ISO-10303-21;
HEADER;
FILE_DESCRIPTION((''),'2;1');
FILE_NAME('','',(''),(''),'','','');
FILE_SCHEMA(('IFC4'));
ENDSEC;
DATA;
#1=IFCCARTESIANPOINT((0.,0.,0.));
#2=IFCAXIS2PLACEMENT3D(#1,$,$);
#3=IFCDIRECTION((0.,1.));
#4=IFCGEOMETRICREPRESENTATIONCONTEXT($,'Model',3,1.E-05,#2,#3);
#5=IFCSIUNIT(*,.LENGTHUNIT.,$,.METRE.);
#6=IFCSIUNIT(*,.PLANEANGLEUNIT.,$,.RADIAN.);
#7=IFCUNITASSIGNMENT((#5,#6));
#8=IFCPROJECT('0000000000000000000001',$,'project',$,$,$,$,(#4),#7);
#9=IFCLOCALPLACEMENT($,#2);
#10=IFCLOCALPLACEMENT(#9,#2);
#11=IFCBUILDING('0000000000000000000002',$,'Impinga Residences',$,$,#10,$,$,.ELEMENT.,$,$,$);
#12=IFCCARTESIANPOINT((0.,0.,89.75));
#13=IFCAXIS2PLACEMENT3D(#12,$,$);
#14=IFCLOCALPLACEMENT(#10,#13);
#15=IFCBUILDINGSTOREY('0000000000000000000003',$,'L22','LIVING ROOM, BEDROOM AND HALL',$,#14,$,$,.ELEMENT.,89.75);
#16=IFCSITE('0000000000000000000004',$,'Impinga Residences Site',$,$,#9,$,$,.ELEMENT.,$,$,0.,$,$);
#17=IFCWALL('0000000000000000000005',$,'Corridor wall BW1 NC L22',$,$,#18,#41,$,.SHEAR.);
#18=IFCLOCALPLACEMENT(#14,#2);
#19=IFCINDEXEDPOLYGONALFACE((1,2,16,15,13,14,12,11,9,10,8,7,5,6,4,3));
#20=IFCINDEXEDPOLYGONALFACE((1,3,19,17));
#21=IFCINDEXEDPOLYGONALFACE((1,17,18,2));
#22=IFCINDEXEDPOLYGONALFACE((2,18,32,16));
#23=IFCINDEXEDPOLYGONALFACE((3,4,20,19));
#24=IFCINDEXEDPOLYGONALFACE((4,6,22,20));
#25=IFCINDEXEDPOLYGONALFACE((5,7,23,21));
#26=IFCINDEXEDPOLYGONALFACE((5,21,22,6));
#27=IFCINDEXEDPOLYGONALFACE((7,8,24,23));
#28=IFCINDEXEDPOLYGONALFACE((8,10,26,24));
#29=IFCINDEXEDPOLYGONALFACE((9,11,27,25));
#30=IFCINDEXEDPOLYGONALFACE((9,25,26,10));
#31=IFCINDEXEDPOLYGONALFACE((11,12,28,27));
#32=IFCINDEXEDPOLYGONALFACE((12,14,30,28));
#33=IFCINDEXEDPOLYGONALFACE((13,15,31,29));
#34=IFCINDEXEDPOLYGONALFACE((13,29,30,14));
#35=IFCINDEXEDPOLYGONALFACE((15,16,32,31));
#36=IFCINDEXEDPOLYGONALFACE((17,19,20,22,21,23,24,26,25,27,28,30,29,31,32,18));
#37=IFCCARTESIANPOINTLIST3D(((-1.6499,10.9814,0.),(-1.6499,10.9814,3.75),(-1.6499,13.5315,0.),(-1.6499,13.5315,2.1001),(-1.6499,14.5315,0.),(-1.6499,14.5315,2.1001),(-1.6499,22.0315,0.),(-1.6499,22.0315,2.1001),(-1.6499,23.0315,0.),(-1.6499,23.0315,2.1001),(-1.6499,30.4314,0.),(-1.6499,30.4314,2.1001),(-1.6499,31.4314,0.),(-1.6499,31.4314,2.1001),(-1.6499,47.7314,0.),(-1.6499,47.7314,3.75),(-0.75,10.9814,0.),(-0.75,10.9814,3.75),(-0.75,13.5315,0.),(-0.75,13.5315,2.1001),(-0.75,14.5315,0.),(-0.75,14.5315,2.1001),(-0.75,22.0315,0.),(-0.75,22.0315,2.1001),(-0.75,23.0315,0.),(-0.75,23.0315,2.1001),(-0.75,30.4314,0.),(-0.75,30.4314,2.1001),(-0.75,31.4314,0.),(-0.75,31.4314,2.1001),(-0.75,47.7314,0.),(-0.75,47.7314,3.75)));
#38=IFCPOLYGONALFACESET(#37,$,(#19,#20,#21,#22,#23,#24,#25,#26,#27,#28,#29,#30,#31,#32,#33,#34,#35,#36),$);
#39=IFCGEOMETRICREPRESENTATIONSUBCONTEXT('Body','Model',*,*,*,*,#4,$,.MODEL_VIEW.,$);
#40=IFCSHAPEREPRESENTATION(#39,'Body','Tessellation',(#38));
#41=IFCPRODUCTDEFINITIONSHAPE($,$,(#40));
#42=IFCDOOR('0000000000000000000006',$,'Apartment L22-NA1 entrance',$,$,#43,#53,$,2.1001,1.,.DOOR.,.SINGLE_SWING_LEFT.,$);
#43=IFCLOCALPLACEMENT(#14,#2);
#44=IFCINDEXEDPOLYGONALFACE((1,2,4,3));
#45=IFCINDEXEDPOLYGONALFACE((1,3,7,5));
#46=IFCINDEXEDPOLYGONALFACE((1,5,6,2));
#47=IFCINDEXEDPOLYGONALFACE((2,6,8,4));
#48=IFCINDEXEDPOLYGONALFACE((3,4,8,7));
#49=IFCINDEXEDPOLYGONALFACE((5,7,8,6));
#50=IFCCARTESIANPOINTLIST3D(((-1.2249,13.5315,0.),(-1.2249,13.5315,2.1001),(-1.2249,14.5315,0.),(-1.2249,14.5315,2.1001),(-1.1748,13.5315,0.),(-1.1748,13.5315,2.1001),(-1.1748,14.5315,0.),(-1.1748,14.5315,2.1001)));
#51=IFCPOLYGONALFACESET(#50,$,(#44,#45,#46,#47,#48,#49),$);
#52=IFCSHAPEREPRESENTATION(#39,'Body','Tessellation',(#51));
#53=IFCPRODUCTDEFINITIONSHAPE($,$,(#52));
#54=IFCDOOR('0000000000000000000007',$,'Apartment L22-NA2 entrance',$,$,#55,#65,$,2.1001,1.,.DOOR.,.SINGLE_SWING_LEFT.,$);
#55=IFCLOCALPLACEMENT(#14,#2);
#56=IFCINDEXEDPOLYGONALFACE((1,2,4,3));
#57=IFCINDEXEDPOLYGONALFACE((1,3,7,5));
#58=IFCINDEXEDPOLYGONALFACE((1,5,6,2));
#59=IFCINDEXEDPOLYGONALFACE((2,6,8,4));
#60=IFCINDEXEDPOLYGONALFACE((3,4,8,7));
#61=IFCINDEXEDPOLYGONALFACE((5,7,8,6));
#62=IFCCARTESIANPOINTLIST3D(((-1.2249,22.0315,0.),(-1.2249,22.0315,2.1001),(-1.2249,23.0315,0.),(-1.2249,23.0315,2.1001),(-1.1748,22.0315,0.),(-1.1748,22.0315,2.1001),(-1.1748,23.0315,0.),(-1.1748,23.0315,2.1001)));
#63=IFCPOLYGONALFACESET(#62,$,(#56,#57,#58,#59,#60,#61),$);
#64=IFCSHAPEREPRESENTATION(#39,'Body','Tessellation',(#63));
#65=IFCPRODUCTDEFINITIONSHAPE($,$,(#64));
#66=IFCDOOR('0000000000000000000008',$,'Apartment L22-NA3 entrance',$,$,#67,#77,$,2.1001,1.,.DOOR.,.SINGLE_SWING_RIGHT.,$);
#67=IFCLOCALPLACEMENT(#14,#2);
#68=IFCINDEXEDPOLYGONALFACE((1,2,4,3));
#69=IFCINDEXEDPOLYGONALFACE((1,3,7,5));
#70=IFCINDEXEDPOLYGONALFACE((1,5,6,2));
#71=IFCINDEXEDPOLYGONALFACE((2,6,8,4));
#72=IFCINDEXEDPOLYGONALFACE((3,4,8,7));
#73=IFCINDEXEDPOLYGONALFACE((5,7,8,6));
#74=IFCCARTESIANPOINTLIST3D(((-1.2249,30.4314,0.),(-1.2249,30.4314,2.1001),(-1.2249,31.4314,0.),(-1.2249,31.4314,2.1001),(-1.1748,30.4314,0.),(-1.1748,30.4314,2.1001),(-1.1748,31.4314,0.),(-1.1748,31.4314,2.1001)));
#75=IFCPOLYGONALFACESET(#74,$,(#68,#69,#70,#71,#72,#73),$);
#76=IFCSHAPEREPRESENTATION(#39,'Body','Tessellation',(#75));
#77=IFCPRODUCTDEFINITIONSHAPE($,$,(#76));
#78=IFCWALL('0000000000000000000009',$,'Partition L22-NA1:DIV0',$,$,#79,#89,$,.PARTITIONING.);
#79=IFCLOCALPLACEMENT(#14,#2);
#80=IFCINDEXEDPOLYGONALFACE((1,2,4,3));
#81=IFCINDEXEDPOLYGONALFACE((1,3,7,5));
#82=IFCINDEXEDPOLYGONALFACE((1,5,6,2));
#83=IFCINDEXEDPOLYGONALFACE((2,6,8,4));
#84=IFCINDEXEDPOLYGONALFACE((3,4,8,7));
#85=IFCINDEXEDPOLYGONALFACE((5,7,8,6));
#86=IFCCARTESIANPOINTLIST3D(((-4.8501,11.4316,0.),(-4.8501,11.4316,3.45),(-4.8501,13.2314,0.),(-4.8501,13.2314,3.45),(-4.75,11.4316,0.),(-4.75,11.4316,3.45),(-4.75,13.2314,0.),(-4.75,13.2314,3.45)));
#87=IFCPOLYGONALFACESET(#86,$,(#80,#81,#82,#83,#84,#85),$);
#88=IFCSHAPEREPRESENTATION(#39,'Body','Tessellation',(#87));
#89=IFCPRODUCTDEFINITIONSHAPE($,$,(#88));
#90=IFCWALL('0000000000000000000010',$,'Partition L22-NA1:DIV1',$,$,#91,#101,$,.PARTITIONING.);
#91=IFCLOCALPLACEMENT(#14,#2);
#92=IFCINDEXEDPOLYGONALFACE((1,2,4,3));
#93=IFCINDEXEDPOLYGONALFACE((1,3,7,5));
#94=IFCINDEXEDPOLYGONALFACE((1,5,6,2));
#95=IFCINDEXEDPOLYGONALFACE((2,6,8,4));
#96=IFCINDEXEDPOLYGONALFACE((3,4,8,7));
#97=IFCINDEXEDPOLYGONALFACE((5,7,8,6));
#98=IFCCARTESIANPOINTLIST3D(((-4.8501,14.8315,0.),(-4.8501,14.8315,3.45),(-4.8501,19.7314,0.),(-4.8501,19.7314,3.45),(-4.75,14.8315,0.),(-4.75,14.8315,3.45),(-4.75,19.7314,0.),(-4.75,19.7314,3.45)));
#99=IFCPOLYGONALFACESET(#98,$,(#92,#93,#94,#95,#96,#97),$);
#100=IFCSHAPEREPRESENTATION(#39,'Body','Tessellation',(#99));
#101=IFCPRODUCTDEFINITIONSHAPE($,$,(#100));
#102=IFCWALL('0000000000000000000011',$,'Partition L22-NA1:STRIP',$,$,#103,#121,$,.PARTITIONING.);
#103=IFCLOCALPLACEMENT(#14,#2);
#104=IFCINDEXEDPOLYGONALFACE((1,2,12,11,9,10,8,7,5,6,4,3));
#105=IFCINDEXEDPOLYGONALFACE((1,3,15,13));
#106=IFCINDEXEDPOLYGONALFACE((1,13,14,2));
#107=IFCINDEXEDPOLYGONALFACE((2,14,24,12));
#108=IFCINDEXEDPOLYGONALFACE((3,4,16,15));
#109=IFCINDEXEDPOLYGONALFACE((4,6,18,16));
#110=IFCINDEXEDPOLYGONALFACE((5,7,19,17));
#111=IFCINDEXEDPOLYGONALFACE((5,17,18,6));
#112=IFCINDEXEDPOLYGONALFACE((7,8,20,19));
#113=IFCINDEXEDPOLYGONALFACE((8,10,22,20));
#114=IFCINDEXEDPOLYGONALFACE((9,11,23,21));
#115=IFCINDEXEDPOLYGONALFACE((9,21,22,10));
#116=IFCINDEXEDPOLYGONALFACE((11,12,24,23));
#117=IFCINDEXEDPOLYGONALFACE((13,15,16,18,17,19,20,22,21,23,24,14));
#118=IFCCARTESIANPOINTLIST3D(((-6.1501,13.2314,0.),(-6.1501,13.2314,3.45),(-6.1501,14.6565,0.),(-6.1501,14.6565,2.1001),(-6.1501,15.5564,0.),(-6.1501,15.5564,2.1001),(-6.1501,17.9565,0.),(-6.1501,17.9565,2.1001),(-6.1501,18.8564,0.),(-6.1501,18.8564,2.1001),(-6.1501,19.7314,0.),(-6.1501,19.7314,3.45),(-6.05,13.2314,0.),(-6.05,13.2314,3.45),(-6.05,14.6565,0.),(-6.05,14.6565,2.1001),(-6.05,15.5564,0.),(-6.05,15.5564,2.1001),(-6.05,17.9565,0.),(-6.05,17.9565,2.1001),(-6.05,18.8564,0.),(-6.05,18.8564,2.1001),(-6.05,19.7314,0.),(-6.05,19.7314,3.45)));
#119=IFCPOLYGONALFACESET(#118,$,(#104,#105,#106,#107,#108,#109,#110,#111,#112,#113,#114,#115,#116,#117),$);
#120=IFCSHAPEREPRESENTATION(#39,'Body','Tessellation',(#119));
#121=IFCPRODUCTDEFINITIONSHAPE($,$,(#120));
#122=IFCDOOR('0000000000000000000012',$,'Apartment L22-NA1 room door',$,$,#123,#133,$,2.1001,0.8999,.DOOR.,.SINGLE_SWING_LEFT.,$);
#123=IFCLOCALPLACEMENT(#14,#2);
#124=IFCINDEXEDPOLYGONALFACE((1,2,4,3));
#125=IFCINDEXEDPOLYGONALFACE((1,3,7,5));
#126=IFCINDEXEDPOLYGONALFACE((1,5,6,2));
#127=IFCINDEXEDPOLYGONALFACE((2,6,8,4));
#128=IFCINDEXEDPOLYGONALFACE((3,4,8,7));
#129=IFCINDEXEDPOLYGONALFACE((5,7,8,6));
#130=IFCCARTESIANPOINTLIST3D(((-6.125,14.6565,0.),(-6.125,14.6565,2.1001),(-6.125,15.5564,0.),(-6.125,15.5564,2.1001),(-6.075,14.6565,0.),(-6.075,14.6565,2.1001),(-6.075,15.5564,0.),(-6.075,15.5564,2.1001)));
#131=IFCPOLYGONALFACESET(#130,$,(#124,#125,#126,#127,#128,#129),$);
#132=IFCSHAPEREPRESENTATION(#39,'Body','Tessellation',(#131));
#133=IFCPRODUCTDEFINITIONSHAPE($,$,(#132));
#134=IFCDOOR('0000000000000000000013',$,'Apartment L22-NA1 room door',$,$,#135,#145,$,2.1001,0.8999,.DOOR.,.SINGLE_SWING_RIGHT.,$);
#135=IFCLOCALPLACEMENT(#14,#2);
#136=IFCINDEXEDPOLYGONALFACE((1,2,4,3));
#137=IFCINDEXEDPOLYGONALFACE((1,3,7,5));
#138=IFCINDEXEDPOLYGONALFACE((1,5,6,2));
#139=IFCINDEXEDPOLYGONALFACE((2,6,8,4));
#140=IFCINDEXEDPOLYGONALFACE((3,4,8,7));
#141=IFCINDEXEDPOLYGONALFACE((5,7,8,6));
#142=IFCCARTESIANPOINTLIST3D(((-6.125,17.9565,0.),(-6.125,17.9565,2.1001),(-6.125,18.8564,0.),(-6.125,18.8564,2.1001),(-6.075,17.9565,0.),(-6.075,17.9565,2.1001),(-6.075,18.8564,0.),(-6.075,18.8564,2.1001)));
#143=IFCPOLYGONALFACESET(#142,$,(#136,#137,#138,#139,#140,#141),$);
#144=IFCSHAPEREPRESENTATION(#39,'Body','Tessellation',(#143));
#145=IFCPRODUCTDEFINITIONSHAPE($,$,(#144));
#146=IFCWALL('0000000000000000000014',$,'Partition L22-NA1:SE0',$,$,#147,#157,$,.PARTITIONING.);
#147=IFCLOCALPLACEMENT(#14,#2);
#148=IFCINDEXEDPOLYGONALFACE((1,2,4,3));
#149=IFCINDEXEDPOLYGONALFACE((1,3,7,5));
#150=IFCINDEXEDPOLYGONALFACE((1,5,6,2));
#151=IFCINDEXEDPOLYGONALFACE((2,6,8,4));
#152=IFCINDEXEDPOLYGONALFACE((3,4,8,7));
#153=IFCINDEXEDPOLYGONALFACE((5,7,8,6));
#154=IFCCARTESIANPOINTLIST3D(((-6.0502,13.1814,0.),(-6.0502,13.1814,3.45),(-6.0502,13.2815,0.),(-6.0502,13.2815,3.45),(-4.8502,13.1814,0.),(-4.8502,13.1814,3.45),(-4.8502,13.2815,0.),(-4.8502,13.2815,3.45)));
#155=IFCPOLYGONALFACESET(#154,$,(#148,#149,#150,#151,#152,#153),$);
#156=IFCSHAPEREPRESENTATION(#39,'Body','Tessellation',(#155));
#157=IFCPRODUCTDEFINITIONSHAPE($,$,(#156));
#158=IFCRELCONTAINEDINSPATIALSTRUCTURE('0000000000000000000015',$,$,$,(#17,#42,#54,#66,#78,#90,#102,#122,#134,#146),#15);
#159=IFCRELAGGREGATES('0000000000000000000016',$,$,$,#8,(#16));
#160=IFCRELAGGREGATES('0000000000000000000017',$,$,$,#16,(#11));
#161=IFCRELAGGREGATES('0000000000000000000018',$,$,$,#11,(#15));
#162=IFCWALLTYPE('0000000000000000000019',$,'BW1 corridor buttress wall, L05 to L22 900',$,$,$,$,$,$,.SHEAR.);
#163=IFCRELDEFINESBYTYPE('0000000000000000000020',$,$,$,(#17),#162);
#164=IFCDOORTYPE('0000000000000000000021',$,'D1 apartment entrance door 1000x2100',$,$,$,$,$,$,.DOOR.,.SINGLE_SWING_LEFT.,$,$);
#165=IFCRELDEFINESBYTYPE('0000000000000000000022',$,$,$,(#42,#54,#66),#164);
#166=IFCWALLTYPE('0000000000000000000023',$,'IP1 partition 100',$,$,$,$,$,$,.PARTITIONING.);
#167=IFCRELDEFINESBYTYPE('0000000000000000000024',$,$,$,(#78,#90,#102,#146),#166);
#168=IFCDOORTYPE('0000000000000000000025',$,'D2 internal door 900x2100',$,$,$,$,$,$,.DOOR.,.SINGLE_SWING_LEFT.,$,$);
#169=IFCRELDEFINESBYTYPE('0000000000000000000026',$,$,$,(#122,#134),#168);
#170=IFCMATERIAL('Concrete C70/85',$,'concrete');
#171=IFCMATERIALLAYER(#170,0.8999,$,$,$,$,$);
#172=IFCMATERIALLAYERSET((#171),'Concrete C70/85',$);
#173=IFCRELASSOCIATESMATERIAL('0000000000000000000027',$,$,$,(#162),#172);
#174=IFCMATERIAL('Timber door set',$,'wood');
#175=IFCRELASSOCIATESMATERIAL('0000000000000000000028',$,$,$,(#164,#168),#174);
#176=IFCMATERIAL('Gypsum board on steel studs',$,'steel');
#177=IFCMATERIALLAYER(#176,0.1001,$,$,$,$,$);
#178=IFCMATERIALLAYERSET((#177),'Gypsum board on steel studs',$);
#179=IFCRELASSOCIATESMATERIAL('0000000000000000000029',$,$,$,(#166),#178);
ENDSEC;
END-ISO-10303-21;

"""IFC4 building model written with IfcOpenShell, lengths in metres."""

from ifc_helpers import new_model, si_unit, direction, frame, frame_2d, origin, place, context, subcontext, project, spatial, rectangle, extrude, material, layer, layer_set, type_object, element, fill, save


model = new_model("IFC4")

# Units and contexts
model_context = context("Model", 3, precision=1e-05, world=origin(), true_north=direction((0.0, 1.0)))
body_context = subcontext(model_context, "Body", "Model", "MODEL_VIEW")
ifc_project = project(units=[si_unit("LENGTHUNIT", "METRE"), si_unit("PLANEANGLEUNIT", "RADIAN")], contexts=[model_context])

# Site, building, storey
site_placement = place(None, origin())
site = spatial("IfcSite", under=ifc_project, at=site_placement, Name="Impinga Residences Site", CompositionType="ELEMENT", RefElevation=0.0)
building_placement = place(site_placement, origin())
building = spatial("IfcBuilding", under=site, at=building_placement, Name="Impinga Residences", CompositionType="ELEMENT")
storey_placement = place(building_placement, frame((0.0, 0.0, 89.75)))
storey = spatial("IfcBuildingStorey", under=building, at=storey_placement, Name="L22", Description="LIVING ROOM, BEDROOM AND HALL", CompositionType="ELEMENT", Elevation=89.75)

# Wall, openings, doors
ifc_material_1 = material(Name="Concrete C70/85", Category="concrete")
ifc_layer_1 = layer(ifc_material_1, 0.8999)
ifc_layer_set_1 = layer_set([ifc_layer_1], Name="Concrete C70/85")
wall_type_1 = type_object("IfcWallType", Name="BW1 corridor buttress wall, L05 to L22 900", PredefinedType="SHEAR", material=ifc_layer_set_1)
wall_1_placement = place(storey_placement, frame((-1.2, 10.9814, 0.0), z_axis=(0.0, 0.0, 1.0), x_axis=(0.0, 1.0, 0.0)))
wall_1 = element("IfcWall", 1, at=wall_1_placement, inside=storey, type_object=wall_type_1, Name="Corridor wall BW1 NC L22", PredefinedType="SHEAR", context=body_context, shape_type="SweptSolid", body=[
    extrude(rectangle(XDim=36.75, YDim=0.8999, at=frame_2d((18.375, 0.0))), origin(), (0.0, 0.0, 1.0), 3.75),
])
opening_1_placement = place(wall_1_placement, frame((2.55, 0.0, 0.0)))
opening_1 = element("IfcOpeningElement", 2, at=opening_1_placement, cuts=wall_1, PredefinedType="OPENING", context=body_context, shape_type="SweptSolid", body=[
    extrude(rectangle(XDim=1.0, YDim=2.1001, at=frame_2d((0.5, 1.05))), frame((0.0, 0.46, 0.0), z_axis=(0.0, -1.0, 0.0), x_axis=(1.0, 0.0, 0.0)), (0.0, 0.0, 1.0), 0.9199),
])
opening_2_placement = place(wall_1_placement, frame((11.05, 0.0, 0.0)))
opening_2 = element("IfcOpeningElement", 3, at=opening_2_placement, cuts=wall_1, PredefinedType="OPENING", context=body_context, shape_type="SweptSolid", body=[
    extrude(rectangle(XDim=1.0, YDim=2.1001, at=frame_2d((0.5, 1.05))), frame((0.0, 0.46, 0.0), z_axis=(0.0, -1.0, 0.0), x_axis=(1.0, 0.0, 0.0)), (0.0, 0.0, 1.0), 0.9199),
])
opening_3_placement = place(wall_1_placement, frame((19.45, 0.0, 0.0)))
opening_3 = element("IfcOpeningElement", 4, at=opening_3_placement, cuts=wall_1, PredefinedType="OPENING", context=body_context, shape_type="SweptSolid", body=[
    extrude(rectangle(XDim=1.0, YDim=2.1001, at=frame_2d((0.5, 1.05))), frame((0.0, 0.46, 0.0), z_axis=(0.0, -1.0, 0.0), x_axis=(1.0, 0.0, 0.0)), (0.0, 0.0, 1.0), 0.9199),
])
ifc_material_2 = material(Name="Timber door set", Category="wood")
door_type_1 = type_object("IfcDoorType", Name="D1 apartment entrance door 1000x2100", OperationType="SINGLE_SWING_LEFT", PredefinedType="DOOR", material=ifc_material_2)
door_1_placement = place(opening_1_placement, origin())
door_1 = element("IfcDoor", 5, at=door_1_placement, inside=storey, type_object=door_type_1, Name="Apartment L22-NA1 entrance", OperationType="SINGLE_SWING_LEFT", OverallHeight=2.1001, OverallWidth=1.0, PredefinedType="DOOR", context=body_context, shape_type="SweptSolid", body=[
    extrude(rectangle(XDim=1.0, YDim=2.1001, at=frame_2d((0.5, 1.05))), frame((0.0, 0.0249, 0.0), z_axis=(0.0, -1.0, 0.0), x_axis=(1.0, 0.0, 0.0)), (0.0, 0.0, 1.0), 0.05),
])
fill(opening_1, door_1)
door_2_placement = place(opening_2_placement, origin())
door_2 = element("IfcDoor", 6, at=door_2_placement, inside=storey, type_object=door_type_1, Name="Apartment L22-NA2 entrance", OperationType="SINGLE_SWING_LEFT", OverallHeight=2.1001, OverallWidth=1.0, PredefinedType="DOOR", context=body_context, shape_type="SweptSolid", body=[
    extrude(rectangle(XDim=1.0, YDim=2.1001, at=frame_2d((0.5, 1.05))), frame((0.0, 0.0249, 0.0), z_axis=(0.0, -1.0, 0.0), x_axis=(1.0, 0.0, 0.0)), (0.0, 0.0, 1.0), 0.05),
])
fill(opening_2, door_2)
door_3_placement = place(opening_3_placement, origin())
door_3 = element("IfcDoor", 7, at=door_3_placement, inside=storey, type_object=door_type_1, Name="Apartment L22-NA3 entrance", OperationType="SINGLE_SWING_RIGHT", OverallHeight=2.1001, OverallWidth=1.0, PredefinedType="DOOR", context=body_context, shape_type="SweptSolid", body=[
    extrude(rectangle(XDim=1.0, YDim=2.1001, at=frame_2d((0.5, 1.05))), frame((0.0, 0.0249, 0.0), z_axis=(0.0, -1.0, 0.0), x_axis=(1.0, 0.0, 0.0)), (0.0, 0.0, 1.0), 0.05),
])
fill(opening_3, door_3)

# Walls
ifc_material_3 = material(Name="Gypsum board on steel studs", Category="steel")
ifc_layer_2 = layer(ifc_material_3, 0.1001)
ifc_layer_set_2 = layer_set([ifc_layer_2], Name="Gypsum board on steel studs")
wall_type_2 = type_object("IfcWallType", Name="IP1 partition 100", PredefinedType="PARTITIONING", material=ifc_layer_set_2)
wall_2_placement = place(storey_placement, frame((-4.8, 11.4316, 0.0), z_axis=(0.0, 0.0, 1.0), x_axis=(0.0, 1.0, 0.0)))
element("IfcWall", 8, at=wall_2_placement, inside=storey, type_object=wall_type_2, Name="Partition L22-NA1:DIV0", PredefinedType="PARTITIONING", context=body_context, shape_type="SweptSolid", body=[
    extrude(rectangle(XDim=1.7998, YDim=0.1001, at=frame_2d((0.8999, 0.0))), origin(), (0.0, 0.0, 1.0), 3.45),
])
wall_3_placement = place(storey_placement, frame((-4.8, 14.8315, 0.0), z_axis=(0.0, 0.0, 1.0), x_axis=(0.0, 1.0, 0.0)))
element("IfcWall", 9, at=wall_3_placement, inside=storey, type_object=wall_type_2, Name="Partition L22-NA1:DIV1", PredefinedType="PARTITIONING", context=body_context, shape_type="SweptSolid", body=[
    extrude(rectangle(XDim=4.8999, YDim=0.1001, at=frame_2d((2.45, 0.0))), origin(), (0.0, 0.0, 1.0), 3.45),
])

# Wall, openings, doors
wall_4_placement = place(storey_placement, frame((-6.1001, 13.2314, 0.0), z_axis=(0.0, 0.0, 1.0), x_axis=(0.0, 1.0, 0.0)))
wall_4 = element("IfcWall", 10, at=wall_4_placement, inside=storey, type_object=wall_type_2, Name="Partition L22-NA1:STRIP", PredefinedType="PARTITIONING", context=body_context, shape_type="SweptSolid", body=[
    extrude(rectangle(XDim=6.5, YDim=0.1001, at=frame_2d((3.25, 0.0))), origin(), (0.0, 0.0, 1.0), 3.45),
])
opening_4_placement = place(wall_4_placement, frame((1.425, 0.0, 0.0)))
opening_4 = element("IfcOpeningElement", 11, at=opening_4_placement, cuts=wall_4, PredefinedType="OPENING", context=body_context, shape_type="SweptSolid", body=[
    extrude(rectangle(XDim=0.8999, YDim=2.1001, at=frame_2d((0.45, 1.05))), frame((0.0, 0.0601, 0.0), z_axis=(0.0, -1.0, 0.0), x_axis=(1.0, 0.0, 0.0)), (0.0, 0.0, 1.0), 0.1201),
])
opening_5_placement = place(wall_4_placement, frame((4.7251, 0.0, 0.0)))
opening_5 = element("IfcOpeningElement", 12, at=opening_5_placement, cuts=wall_4, PredefinedType="OPENING", context=body_context, shape_type="SweptSolid", body=[
    extrude(rectangle(XDim=0.8999, YDim=2.1001, at=frame_2d((0.45, 1.05))), frame((0.0, 0.0601, 0.0), z_axis=(0.0, -1.0, 0.0), x_axis=(1.0, 0.0, 0.0)), (0.0, 0.0, 1.0), 0.1201),
])
door_type_2 = type_object("IfcDoorType", Name="D2 internal door 900x2100", OperationType="SINGLE_SWING_LEFT", PredefinedType="DOOR", material=ifc_material_2)
door_4_placement = place(opening_4_placement, origin())
door_4 = element("IfcDoor", 13, at=door_4_placement, inside=storey, type_object=door_type_2, Name="Apartment L22-NA1 room door", OperationType="SINGLE_SWING_LEFT", OverallHeight=2.1001, OverallWidth=0.8999, PredefinedType="DOOR", context=body_context, shape_type="SweptSolid", body=[
    extrude(rectangle(XDim=0.8999, YDim=2.1001, at=frame_2d((0.45, 1.05))), frame((0.0, 0.0249, 0.0), z_axis=(0.0, -1.0, 0.0), x_axis=(1.0, 0.0, 0.0)), (0.0, 0.0, 1.0), 0.05),
])
fill(opening_4, door_4)
door_5_placement = place(opening_5_placement, origin())
door_5 = element("IfcDoor", 14, at=door_5_placement, inside=storey, type_object=door_type_2, Name="Apartment L22-NA1 room door", OperationType="SINGLE_SWING_RIGHT", OverallHeight=2.1001, OverallWidth=0.8999, PredefinedType="DOOR", context=body_context, shape_type="SweptSolid", body=[
    extrude(rectangle(XDim=0.8999, YDim=2.1001, at=frame_2d((0.45, 1.05))), frame((0.0, 0.0249, 0.0), z_axis=(0.0, -1.0, 0.0), x_axis=(1.0, 0.0, 0.0)), (0.0, 0.0, 1.0), 0.05),
])
fill(opening_5, door_5)

# Wall
wall_5_placement = place(storey_placement, frame((-4.8501, 13.2314, 0.0), z_axis=(0.0, 0.0, 1.0), x_axis=(-1.0, 0.0, 0.0)))
element("IfcWall", 15, at=wall_5_placement, inside=storey, type_object=wall_type_2, Name="Partition L22-NA1:SE0", PredefinedType="PARTITIONING", context=body_context, shape_type="SweptSolid", body=[
    extrude(rectangle(XDim=1.2, YDim=0.1001, at=frame_2d((0.6001, 0.0))), origin(), (0.0, 0.0, 1.0), 3.45),
])

save(model, "model.ifc")
